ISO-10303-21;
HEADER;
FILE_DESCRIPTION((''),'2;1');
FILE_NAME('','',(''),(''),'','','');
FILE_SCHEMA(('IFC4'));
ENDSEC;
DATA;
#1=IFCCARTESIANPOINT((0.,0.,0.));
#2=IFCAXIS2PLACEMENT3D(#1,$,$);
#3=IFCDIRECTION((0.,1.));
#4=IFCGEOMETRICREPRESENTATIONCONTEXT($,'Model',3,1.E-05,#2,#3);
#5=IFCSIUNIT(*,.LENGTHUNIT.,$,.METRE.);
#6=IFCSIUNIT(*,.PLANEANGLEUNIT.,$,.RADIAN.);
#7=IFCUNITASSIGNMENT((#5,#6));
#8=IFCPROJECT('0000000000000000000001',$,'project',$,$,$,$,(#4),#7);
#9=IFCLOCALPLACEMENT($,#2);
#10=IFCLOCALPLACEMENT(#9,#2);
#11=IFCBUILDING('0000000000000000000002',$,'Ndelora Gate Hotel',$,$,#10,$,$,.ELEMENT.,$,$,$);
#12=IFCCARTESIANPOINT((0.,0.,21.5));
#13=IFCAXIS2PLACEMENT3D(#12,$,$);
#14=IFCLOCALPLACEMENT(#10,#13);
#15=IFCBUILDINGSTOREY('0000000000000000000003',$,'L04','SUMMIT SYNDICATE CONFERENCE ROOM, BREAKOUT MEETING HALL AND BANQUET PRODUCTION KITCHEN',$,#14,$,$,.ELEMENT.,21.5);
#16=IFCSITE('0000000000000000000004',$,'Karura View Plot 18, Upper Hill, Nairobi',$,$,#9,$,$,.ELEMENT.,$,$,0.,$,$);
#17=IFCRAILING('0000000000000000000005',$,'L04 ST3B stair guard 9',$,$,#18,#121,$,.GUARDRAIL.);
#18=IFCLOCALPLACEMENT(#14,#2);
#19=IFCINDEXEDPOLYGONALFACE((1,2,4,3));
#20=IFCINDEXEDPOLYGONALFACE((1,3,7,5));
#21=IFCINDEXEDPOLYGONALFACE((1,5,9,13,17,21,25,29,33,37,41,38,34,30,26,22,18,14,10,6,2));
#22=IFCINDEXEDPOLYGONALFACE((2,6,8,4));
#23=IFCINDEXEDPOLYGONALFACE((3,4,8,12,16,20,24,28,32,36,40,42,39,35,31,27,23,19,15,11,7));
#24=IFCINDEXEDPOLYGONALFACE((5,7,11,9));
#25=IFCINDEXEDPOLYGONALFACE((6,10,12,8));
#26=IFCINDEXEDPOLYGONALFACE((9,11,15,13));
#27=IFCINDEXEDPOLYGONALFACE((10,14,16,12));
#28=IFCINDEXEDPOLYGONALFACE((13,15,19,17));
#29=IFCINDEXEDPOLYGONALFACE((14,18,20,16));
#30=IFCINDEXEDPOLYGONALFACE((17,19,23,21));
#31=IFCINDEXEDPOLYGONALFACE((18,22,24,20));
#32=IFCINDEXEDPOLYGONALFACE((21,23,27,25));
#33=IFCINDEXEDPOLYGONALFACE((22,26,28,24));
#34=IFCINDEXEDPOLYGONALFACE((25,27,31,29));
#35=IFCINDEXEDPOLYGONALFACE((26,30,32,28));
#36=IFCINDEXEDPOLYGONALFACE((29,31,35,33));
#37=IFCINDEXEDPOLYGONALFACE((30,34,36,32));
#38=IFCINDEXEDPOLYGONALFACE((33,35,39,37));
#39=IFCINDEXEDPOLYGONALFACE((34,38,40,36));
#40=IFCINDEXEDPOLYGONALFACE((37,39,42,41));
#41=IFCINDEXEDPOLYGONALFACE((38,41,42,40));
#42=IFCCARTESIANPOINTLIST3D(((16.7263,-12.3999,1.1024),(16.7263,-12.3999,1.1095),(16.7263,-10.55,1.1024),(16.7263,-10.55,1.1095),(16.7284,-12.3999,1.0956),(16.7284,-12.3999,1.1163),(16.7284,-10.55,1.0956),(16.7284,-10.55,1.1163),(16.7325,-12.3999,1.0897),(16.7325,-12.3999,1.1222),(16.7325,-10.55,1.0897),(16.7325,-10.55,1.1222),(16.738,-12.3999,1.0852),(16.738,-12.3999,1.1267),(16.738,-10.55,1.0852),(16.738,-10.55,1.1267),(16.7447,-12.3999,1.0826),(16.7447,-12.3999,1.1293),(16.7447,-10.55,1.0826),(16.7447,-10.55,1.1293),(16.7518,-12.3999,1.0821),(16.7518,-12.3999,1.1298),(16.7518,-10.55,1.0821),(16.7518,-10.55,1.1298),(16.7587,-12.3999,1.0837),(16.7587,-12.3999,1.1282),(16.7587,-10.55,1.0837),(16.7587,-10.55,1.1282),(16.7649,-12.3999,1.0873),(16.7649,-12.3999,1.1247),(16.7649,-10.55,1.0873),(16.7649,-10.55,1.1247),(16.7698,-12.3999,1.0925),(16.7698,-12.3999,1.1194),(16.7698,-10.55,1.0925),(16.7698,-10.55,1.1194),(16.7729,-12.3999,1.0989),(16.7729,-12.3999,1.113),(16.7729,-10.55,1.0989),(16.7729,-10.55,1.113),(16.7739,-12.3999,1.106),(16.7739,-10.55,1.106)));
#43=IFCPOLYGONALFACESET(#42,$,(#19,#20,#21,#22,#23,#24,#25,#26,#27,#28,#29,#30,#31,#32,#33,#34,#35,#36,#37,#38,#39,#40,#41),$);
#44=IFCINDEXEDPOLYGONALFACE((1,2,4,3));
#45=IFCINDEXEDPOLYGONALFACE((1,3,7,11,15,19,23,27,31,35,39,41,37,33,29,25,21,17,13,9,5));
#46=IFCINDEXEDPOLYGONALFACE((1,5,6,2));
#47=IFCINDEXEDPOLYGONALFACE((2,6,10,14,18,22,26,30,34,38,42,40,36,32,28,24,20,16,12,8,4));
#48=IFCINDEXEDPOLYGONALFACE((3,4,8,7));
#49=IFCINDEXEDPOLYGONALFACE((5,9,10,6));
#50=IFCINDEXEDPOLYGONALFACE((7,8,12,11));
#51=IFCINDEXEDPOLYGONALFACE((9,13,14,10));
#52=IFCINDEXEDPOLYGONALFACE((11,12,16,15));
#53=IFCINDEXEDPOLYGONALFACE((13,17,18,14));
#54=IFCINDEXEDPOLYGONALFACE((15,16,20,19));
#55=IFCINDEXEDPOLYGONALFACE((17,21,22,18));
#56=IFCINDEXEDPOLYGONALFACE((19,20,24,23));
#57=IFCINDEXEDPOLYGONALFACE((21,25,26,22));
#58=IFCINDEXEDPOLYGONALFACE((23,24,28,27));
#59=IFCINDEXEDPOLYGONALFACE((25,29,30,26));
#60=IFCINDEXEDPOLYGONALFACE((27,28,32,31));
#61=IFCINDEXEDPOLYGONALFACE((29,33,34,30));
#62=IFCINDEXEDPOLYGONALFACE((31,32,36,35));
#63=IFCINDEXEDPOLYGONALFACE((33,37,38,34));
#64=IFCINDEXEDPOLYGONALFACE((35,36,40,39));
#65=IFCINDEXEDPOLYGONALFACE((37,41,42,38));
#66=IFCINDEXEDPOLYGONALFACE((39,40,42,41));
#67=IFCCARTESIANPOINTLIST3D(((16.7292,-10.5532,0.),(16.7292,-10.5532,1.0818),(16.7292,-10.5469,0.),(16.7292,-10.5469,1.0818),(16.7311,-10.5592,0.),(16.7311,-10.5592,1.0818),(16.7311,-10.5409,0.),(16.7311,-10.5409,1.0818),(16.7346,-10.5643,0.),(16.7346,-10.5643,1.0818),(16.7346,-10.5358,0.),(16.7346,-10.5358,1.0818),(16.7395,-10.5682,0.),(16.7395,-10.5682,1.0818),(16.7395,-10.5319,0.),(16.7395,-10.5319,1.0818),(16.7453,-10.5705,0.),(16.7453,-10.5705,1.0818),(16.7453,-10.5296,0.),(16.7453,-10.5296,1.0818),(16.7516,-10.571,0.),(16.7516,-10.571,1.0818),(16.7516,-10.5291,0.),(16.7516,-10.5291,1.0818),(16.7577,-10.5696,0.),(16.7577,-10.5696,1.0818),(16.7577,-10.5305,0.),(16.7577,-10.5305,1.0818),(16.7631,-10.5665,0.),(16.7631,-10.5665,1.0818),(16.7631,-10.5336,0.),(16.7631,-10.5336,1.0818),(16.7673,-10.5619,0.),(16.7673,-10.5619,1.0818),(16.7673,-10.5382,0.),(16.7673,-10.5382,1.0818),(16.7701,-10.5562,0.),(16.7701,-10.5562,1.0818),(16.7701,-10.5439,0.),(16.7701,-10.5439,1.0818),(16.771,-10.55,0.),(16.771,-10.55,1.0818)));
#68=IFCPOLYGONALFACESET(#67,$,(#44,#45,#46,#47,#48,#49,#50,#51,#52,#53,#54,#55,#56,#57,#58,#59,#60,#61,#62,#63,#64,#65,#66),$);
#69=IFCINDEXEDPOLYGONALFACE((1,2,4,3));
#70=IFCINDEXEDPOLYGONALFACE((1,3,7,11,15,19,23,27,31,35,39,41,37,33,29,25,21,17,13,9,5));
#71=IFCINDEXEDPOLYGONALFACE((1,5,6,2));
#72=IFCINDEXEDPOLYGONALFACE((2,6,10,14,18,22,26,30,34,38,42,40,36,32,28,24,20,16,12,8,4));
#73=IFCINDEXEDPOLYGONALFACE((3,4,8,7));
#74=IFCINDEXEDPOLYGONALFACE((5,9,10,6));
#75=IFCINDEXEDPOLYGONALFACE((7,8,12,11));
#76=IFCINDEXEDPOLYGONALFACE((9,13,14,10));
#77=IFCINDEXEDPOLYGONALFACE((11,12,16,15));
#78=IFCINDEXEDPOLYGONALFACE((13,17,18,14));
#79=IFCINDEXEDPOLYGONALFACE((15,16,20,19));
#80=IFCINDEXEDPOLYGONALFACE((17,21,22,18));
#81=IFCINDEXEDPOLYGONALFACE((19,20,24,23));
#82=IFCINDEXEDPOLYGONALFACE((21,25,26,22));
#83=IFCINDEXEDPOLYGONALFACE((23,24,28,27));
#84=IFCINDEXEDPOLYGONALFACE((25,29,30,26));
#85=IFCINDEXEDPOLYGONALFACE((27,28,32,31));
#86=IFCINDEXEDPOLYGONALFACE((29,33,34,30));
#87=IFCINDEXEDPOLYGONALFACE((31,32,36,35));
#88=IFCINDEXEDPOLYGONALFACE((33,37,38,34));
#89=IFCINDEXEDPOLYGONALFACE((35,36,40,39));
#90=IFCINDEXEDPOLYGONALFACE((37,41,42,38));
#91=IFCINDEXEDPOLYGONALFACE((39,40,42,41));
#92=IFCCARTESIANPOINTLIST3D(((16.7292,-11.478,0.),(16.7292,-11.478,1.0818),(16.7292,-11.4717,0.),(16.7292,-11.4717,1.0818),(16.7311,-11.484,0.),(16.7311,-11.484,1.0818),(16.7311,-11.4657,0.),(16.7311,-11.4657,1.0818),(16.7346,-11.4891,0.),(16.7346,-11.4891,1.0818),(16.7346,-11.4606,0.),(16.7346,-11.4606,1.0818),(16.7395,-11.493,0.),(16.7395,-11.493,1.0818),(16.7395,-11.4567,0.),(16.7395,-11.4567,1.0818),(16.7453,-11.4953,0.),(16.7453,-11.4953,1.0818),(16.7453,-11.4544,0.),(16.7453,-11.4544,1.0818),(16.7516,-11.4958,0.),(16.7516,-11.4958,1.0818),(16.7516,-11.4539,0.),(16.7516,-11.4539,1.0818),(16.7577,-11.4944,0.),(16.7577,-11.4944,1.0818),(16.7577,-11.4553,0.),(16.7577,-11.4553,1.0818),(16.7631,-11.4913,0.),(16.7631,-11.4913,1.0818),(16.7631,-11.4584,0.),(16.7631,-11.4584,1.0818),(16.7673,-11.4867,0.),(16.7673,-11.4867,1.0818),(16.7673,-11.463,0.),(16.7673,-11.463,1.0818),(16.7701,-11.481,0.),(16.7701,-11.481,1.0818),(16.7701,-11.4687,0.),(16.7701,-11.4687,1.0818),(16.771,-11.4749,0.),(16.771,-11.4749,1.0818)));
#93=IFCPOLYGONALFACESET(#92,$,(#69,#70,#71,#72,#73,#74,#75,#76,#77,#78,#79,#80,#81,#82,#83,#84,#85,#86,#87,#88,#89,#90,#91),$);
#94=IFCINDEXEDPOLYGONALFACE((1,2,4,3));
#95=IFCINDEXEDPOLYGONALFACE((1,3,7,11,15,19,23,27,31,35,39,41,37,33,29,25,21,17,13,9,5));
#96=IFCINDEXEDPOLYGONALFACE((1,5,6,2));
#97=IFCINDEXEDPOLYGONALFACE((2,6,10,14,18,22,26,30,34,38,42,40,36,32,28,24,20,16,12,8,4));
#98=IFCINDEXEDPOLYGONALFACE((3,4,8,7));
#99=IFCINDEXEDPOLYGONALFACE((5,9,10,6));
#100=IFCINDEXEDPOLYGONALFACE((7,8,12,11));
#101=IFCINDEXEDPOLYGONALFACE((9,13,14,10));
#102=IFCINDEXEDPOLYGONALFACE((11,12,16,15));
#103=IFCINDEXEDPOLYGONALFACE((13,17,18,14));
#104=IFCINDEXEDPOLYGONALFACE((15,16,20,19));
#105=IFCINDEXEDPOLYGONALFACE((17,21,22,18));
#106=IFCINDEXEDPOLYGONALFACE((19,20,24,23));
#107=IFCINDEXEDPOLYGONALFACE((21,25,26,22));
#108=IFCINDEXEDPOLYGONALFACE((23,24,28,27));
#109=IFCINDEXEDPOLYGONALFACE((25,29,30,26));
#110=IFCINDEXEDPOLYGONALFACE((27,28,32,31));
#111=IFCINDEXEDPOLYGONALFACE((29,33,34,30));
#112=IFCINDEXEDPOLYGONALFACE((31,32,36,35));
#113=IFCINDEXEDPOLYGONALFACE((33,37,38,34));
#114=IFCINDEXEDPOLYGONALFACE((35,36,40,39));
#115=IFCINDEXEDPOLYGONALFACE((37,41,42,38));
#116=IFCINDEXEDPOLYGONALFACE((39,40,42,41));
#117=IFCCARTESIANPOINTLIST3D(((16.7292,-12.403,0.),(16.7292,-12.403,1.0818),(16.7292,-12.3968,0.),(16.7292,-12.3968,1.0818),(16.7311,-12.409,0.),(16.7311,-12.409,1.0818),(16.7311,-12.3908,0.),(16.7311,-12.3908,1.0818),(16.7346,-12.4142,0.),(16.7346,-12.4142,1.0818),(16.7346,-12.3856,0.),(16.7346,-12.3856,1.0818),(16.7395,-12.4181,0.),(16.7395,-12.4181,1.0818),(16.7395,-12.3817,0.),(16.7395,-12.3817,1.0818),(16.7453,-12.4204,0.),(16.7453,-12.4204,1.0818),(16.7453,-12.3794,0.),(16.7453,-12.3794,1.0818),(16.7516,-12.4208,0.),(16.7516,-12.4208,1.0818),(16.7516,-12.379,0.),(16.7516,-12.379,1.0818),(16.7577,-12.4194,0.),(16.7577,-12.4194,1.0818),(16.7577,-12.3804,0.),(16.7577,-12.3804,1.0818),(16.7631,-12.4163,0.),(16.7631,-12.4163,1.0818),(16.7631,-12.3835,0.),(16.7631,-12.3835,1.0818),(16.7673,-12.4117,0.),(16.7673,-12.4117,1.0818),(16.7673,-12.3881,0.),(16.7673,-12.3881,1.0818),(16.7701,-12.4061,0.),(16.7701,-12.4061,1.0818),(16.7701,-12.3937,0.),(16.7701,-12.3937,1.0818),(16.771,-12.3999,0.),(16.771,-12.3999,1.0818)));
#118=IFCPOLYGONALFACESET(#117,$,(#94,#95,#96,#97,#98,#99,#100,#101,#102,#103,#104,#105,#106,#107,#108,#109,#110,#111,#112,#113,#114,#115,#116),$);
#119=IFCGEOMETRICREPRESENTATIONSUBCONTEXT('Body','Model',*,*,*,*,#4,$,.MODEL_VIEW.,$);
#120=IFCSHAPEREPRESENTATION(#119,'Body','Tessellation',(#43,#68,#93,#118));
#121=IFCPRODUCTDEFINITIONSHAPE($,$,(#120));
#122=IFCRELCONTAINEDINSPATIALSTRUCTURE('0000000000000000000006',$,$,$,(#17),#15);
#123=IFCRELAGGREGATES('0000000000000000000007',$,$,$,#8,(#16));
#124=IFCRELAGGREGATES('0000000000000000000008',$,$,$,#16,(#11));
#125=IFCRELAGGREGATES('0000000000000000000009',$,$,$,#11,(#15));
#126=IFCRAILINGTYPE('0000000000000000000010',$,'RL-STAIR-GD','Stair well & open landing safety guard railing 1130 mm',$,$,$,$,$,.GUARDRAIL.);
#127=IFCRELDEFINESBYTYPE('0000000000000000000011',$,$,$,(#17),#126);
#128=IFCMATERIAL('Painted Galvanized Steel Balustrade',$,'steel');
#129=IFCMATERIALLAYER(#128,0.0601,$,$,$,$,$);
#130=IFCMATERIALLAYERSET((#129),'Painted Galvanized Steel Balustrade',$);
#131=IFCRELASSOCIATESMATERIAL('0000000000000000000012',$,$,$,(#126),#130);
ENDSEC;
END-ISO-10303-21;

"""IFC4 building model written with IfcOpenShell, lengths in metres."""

from ifc_helpers import new_model, si_unit, direction, frame, origin, origin_2d, place, context, subcontext, project, spatial, circle, extrude, material, layer, layer_set, type_object, element, save


model = new_model("IFC4")

# Units and contexts
model_context = context("Model", 3, precision=1e-05, world=origin(), true_north=direction((0.0, 1.0)))
body_context = subcontext(model_context, "Body", "Model", "MODEL_VIEW")
ifc_project = project(units=[si_unit("LENGTHUNIT", "METRE"), si_unit("PLANEANGLEUNIT", "RADIAN")], contexts=[model_context])

# Site, building, storey
site_placement = place(None, origin())
site = spatial("IfcSite", under=ifc_project, at=site_placement, Name="Karura View Plot 18, Upper Hill, Nairobi", CompositionType="ELEMENT", RefElevation=0.0)
building_placement = place(site_placement, origin())
building = spatial("IfcBuilding", under=site, at=building_placement, Name="Ndelora Gate Hotel", CompositionType="ELEMENT")
storey_placement = place(building_placement, frame((0.0, 0.0, 21.5)))
storey = spatial("IfcBuildingStorey", under=building, at=storey_placement, Name="L04", Description="SUMMIT SYNDICATE CONFERENCE ROOM, BREAKOUT MEETING HALL AND BANQUET PRODUCTION KITCHEN", CompositionType="ELEMENT", Elevation=21.5)

# Railing
ifc_material_1 = material(Name="Painted Galvanized Steel Balustrade", Category="steel")
ifc_layer_1 = layer(ifc_material_1, 0.0601)
ifc_layer_set_1 = layer_set([ifc_layer_1], Name="Painted Galvanized Steel Balustrade")
railing_type_1 = type_object("IfcRailingType", Name="RL-STAIR-GD", Description="Stair well & open landing safety guard railing 1130 mm", PredefinedType="GUARDRAIL", material=ifc_layer_set_1)
railing_1_placement = place(storey_placement, frame((16.75, -10.55, 0.0)))
element("IfcRailing", 1, at=railing_1_placement, inside=storey, type_object=railing_type_1, Name="L04 ST3B stair guard 9", PredefinedType="GUARDRAIL", context=body_context, shape_type="SweptSolid", body=[
    extrude(circle(Radius=0.0239, at=origin_2d()), frame((0.0, 0.0, 1.106), z_axis=(0.0, -1.0, 0.0), x_axis=(1.0, 0.0, 0.0)), (0.0, 0.0, 1.0), 1.8499),
    extrude(circle(Radius=0.021, at=origin_2d()), origin(), (0.0, 0.0, 1.0), 1.0818),
    extrude(circle(Radius=0.021, at=origin_2d()), frame((0.0, -0.9248, 0.0)), (0.0, 0.0, 1.0), 1.0818),
    extrude(circle(Radius=0.021, at=origin_2d()), frame((0.0, -1.8499, 0.0)), (0.0, 0.0, 1.0), 1.0818),
])

save(model, "model.ifc")
